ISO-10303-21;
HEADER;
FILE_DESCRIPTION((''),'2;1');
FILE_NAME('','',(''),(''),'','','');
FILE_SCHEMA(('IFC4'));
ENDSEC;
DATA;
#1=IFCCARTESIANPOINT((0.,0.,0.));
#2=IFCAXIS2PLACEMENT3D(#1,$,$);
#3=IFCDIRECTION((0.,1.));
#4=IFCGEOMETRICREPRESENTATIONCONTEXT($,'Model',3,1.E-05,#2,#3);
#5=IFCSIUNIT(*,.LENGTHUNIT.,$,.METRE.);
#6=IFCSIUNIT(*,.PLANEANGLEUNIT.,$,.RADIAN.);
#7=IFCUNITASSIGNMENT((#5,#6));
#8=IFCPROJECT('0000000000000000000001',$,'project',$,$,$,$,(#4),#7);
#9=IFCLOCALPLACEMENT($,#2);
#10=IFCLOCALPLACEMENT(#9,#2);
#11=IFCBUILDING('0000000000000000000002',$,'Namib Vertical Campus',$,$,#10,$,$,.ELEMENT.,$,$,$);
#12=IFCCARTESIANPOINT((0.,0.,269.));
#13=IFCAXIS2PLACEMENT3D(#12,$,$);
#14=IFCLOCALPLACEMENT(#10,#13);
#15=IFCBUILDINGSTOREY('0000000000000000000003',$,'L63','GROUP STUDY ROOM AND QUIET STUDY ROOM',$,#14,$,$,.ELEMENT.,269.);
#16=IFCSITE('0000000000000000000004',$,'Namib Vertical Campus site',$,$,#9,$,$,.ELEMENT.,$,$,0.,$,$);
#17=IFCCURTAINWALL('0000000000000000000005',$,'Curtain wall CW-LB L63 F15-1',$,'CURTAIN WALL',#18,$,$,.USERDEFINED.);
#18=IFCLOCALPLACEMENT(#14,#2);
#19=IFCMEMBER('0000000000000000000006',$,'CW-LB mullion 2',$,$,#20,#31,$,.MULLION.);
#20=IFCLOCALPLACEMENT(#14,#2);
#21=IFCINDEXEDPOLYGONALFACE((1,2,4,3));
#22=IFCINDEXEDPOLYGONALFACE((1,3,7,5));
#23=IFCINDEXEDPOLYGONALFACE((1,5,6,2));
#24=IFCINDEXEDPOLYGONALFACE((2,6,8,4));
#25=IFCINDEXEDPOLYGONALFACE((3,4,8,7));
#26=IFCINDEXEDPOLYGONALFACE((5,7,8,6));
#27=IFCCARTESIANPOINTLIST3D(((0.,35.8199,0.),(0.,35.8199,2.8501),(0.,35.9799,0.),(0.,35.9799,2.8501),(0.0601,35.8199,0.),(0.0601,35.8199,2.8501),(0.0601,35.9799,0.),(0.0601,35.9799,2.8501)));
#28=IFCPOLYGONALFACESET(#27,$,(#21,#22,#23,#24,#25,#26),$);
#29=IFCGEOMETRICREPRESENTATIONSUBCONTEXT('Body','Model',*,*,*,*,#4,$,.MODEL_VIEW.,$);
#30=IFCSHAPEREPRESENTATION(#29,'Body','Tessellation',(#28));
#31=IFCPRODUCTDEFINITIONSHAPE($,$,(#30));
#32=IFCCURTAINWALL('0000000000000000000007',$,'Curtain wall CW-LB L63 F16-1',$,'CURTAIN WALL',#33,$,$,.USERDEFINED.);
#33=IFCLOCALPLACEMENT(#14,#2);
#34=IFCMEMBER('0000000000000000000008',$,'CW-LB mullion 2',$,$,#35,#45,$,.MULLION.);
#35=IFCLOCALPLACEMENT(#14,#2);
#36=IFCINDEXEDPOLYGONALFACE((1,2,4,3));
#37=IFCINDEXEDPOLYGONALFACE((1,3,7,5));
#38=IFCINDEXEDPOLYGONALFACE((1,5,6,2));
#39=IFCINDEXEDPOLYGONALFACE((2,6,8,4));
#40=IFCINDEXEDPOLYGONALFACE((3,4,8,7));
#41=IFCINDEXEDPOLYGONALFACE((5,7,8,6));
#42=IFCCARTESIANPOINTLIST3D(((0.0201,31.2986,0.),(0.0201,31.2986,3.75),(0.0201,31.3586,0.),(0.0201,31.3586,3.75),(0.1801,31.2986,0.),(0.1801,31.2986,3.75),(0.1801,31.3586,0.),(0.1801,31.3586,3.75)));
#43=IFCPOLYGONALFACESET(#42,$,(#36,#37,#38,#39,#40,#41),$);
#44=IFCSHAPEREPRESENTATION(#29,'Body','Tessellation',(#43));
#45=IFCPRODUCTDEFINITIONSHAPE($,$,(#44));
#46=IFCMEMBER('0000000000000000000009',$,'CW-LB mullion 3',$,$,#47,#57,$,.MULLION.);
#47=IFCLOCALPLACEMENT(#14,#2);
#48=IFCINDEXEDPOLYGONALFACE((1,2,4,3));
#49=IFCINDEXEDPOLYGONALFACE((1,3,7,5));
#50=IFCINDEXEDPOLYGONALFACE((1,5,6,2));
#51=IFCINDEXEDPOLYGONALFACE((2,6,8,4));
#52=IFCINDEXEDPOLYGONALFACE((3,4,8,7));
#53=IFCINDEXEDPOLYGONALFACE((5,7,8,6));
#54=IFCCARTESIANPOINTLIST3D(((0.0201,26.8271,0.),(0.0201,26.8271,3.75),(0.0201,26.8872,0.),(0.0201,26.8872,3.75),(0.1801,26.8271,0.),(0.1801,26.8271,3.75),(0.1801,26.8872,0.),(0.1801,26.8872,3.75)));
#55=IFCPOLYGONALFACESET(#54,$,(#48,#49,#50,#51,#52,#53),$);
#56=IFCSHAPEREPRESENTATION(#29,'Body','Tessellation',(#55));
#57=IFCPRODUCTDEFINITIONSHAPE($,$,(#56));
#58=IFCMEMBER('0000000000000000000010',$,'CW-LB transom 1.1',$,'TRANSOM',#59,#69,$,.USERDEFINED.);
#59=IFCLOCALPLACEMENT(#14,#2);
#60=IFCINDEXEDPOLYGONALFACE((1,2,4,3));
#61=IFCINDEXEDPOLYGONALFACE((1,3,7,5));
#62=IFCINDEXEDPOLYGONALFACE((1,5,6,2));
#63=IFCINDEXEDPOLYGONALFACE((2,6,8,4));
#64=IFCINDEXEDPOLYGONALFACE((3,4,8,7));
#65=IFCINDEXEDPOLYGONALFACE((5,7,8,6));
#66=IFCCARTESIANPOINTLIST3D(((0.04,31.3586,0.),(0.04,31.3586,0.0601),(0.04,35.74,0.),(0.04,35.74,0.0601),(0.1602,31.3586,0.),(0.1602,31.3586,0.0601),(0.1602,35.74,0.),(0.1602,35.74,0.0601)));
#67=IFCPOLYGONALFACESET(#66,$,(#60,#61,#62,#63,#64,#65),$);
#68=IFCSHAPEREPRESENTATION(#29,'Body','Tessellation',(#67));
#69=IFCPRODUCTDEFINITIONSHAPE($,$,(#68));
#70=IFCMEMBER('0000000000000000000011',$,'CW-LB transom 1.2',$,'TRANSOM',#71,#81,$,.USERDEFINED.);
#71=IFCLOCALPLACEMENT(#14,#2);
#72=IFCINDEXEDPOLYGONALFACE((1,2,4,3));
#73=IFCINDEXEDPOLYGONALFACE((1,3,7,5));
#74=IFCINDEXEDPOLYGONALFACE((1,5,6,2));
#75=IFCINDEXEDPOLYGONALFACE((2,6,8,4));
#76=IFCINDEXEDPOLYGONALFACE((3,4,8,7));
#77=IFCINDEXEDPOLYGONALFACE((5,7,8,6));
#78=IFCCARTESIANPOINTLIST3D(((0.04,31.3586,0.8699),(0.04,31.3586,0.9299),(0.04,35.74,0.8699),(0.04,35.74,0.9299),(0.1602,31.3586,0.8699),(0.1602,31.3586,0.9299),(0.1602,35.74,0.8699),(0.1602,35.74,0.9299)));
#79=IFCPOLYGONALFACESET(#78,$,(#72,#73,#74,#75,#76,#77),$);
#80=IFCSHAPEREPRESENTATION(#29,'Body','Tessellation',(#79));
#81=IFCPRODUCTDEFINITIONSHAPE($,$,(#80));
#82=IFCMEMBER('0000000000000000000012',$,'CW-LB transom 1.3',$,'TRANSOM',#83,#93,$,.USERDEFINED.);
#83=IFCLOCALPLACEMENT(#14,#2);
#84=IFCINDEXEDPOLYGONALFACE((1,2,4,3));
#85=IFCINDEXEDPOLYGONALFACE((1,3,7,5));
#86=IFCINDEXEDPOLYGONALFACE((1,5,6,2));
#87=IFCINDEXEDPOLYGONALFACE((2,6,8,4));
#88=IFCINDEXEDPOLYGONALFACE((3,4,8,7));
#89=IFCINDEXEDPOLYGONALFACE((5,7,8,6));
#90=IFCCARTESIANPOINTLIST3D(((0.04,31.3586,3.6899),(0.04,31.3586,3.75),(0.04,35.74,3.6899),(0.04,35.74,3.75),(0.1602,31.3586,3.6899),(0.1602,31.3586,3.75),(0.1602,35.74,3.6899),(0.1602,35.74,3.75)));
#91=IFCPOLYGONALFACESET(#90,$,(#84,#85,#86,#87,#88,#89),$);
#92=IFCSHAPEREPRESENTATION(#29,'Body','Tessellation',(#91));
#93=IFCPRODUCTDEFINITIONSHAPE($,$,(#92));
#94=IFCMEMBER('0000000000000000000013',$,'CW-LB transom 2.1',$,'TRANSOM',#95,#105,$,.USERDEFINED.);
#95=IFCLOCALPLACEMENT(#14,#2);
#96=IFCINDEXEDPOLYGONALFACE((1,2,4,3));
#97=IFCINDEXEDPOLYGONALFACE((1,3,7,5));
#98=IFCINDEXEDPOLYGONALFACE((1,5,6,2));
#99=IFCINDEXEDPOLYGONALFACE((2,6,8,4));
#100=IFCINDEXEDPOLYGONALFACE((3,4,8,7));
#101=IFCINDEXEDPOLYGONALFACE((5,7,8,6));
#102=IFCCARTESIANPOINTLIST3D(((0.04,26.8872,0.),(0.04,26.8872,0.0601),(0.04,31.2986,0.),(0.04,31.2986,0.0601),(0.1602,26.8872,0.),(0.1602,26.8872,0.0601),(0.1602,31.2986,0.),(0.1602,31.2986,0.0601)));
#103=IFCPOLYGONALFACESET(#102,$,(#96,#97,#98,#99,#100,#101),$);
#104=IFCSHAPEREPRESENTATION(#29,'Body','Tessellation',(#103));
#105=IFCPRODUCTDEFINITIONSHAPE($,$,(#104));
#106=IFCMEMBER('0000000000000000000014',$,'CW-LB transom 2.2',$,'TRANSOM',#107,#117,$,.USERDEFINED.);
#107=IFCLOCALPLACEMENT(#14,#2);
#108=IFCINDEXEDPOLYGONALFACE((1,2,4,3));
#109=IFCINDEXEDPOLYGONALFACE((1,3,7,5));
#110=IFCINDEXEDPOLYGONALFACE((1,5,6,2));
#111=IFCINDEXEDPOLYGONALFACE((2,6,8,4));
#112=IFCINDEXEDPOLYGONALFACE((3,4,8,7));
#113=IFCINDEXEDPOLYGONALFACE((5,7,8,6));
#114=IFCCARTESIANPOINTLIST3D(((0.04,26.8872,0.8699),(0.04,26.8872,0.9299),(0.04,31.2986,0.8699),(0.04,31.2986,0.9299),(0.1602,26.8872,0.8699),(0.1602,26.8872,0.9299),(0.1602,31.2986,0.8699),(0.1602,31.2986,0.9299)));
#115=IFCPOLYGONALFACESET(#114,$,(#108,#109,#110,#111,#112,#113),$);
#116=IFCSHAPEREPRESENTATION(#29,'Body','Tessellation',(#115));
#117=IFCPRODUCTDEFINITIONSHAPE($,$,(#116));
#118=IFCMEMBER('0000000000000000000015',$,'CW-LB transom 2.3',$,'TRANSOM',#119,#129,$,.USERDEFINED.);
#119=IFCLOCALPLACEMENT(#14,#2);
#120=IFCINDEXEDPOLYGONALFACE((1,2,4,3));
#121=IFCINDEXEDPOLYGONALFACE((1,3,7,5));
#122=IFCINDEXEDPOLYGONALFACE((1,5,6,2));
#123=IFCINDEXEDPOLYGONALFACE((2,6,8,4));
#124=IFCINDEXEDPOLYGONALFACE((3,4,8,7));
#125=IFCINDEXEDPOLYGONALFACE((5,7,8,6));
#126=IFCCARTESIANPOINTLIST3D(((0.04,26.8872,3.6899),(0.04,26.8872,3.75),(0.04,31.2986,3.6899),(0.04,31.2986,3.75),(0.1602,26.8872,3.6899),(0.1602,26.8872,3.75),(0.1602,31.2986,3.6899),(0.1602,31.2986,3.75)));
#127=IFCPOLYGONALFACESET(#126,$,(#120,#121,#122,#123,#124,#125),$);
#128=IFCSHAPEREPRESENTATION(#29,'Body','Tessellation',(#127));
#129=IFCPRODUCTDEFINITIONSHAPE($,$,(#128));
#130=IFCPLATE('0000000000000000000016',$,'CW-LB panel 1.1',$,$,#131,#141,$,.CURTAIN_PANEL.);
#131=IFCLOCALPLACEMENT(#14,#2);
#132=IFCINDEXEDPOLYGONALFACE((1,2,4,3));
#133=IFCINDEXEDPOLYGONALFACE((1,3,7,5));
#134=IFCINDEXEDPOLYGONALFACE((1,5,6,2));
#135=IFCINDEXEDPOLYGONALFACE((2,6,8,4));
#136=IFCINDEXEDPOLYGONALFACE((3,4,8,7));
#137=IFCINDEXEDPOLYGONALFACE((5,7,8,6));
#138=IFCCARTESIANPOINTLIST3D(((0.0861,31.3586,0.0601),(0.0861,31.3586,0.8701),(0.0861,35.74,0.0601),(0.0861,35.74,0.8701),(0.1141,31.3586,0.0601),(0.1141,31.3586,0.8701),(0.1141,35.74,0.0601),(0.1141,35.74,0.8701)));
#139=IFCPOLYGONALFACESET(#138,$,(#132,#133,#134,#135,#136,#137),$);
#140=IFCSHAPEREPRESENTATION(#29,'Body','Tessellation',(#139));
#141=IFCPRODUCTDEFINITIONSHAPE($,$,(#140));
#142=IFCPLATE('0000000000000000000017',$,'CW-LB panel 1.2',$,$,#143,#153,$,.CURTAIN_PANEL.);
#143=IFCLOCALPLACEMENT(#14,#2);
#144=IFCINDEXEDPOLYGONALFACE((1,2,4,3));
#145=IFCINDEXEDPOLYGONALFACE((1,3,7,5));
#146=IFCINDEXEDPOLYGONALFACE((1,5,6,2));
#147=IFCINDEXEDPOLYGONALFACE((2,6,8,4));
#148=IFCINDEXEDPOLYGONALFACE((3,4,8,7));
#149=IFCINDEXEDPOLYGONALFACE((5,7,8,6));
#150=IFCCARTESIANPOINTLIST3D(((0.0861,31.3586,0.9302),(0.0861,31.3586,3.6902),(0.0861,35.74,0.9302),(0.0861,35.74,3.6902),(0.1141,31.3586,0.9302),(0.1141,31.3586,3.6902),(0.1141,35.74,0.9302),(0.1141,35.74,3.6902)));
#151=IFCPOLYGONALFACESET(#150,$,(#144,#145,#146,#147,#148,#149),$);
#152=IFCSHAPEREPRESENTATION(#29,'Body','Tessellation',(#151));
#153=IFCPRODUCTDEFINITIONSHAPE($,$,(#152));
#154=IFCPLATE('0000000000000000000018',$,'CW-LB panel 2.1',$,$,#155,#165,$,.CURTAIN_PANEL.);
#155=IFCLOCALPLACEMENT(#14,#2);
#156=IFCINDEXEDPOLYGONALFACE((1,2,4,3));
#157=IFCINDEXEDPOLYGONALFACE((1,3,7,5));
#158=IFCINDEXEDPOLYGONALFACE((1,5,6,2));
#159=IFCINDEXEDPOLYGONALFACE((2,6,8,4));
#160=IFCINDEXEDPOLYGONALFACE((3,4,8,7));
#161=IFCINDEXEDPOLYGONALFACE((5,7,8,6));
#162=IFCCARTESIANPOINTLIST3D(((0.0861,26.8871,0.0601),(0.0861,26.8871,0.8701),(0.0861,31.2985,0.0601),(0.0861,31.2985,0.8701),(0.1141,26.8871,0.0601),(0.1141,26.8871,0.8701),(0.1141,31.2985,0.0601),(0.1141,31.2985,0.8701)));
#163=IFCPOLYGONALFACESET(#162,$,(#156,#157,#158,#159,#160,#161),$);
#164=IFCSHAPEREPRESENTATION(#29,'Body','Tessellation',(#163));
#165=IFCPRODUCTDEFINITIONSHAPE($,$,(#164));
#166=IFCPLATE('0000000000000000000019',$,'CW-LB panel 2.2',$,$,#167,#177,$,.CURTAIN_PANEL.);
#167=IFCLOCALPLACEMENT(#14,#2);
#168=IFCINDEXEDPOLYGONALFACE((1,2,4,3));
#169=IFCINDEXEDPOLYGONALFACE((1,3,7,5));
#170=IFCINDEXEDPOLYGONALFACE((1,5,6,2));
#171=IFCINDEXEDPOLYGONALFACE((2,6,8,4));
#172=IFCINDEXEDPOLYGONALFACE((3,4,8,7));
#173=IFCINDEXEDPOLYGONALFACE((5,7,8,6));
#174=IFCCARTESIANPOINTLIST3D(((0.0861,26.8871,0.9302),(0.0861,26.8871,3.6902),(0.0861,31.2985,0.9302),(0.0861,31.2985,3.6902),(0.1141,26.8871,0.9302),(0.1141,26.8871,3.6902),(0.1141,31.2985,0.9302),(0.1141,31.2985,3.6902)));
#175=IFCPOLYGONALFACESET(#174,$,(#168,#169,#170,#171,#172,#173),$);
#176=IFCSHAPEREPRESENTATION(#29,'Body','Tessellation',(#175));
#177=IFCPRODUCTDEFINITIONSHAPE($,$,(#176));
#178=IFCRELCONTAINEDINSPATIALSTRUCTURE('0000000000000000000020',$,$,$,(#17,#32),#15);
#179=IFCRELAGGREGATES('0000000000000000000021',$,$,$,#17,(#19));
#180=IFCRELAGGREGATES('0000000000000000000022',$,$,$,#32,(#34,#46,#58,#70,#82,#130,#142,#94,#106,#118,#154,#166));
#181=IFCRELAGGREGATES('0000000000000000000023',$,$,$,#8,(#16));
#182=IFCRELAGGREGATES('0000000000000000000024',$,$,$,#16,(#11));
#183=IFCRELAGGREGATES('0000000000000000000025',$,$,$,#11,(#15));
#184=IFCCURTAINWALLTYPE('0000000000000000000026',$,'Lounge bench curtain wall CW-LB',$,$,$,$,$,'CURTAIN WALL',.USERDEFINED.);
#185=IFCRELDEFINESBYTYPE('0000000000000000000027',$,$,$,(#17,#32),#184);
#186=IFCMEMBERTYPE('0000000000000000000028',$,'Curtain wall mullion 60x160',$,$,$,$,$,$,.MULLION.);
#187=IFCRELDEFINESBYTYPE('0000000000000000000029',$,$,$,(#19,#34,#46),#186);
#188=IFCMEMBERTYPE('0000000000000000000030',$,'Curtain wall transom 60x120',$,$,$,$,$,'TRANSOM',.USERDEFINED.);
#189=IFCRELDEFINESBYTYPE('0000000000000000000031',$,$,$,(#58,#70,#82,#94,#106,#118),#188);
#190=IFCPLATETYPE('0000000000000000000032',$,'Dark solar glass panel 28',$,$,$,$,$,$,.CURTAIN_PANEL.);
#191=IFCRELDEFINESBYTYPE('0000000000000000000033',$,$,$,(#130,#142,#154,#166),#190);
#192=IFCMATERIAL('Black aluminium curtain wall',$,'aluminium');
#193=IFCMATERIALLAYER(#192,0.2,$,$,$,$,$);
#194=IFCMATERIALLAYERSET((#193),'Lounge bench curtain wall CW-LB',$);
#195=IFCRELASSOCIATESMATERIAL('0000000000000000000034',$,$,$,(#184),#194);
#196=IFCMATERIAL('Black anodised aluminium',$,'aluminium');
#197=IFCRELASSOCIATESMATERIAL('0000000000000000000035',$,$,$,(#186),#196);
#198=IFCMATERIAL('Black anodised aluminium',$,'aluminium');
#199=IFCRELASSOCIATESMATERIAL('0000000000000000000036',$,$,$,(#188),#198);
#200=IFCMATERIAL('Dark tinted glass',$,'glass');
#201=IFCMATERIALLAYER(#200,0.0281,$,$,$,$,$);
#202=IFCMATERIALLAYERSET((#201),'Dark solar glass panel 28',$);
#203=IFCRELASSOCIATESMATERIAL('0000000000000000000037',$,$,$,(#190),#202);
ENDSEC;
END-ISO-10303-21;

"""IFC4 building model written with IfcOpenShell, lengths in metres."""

from ifc_helpers import new_model, si_unit, direction, frame, origin, origin_2d, place, context, subcontext, project, spatial, rectangle, extrude, material, layer, layer_set, material_profile, profile_set, type_object, element, aggregate, save


model = new_model("IFC4")

# Units and contexts
model_context = context("Model", 3, precision=1e-05, world=origin(), true_north=direction((0.0, 1.0)))
body_context = subcontext(model_context, "Body", "Model", "MODEL_VIEW")
ifc_project = project(units=[si_unit("LENGTHUNIT", "METRE"), si_unit("PLANEANGLEUNIT", "RADIAN")], contexts=[model_context])

# Site, building, storey
site_placement = place(None, origin())
site = spatial("IfcSite", under=ifc_project, at=site_placement, Name="Namib Vertical Campus site", CompositionType="ELEMENT", RefElevation=0.0)
building_placement = place(site_placement, origin())
building = spatial("IfcBuilding", under=site, at=building_placement, Name="Namib Vertical Campus", CompositionType="ELEMENT")
storey_placement = place(building_placement, frame((0.0, 0.0, 269.0)))
storey = spatial("IfcBuildingStorey", under=building, at=storey_placement, Name="L63", Description="GROUP STUDY ROOM AND QUIET STUDY ROOM", CompositionType="ELEMENT", Elevation=269.0)

# Curtain wall, member
ifc_material_1 = material(Name="Black aluminium curtain wall", Category="aluminium")
ifc_layer_1 = layer(ifc_material_1, 0.2)
ifc_layer_set_1 = layer_set([ifc_layer_1], Name="Lounge bench curtain wall CW-LB")
curtain_wall_type = type_object("IfcCurtainWallType", Name="Lounge bench curtain wall CW-LB", ElementType="CURTAIN WALL", PredefinedType="USERDEFINED", material=ifc_layer_set_1)
curtain_wall_1_placement = place(storey_placement, origin())
curtain_wall_1 = element("IfcCurtainWall", 1, at=curtain_wall_1_placement, inside=storey, type_object=curtain_wall_type, Name="Curtain wall CW-LB L63 F15-1", ObjectType="CURTAIN WALL", PredefinedType="USERDEFINED")
ifc_material_2 = material(Name="Black anodised aluminium", Category="aluminium")
ifc_material_profile_1 = material_profile(ifc_material_2, rectangle(XDim=0.0601, YDim=0.1599, at=origin_2d()))
ifc_profile_set_1 = profile_set([ifc_material_profile_1], Name="Black anodised aluminium")
member_type_1 = type_object("IfcMemberType", Name="Curtain wall mullion 60x160", PredefinedType="MULLION", material=ifc_profile_set_1)
member_1_placement = place(storey_placement, frame((0.03, 35.8999, 0.0), z_axis=(0.0, 0.0, 1.0), x_axis=(-1.0, 0.0, 0.0)))
member_1 = element("IfcMember", 2, at=member_1_placement, type_object=member_type_1, Name="CW-LB mullion 2", PredefinedType="MULLION", context=body_context, shape_type="SweptSolid", body=[
    extrude(rectangle(XDim=0.0601, YDim=0.1599, at=origin_2d()), origin(), (0.0, 0.0, 1.0), 2.8501),
])
aggregate(curtain_wall_1, [member_1])

# Curtain wall, members, plates
curtain_wall_2_placement = place(storey_placement, origin())
curtain_wall_2 = element("IfcCurtainWall", 3, at=curtain_wall_2_placement, inside=storey, type_object=curtain_wall_type, Name="Curtain wall CW-LB L63 F16-1", ObjectType="CURTAIN WALL", PredefinedType="USERDEFINED")
member_2_placement = place(storey_placement, frame((0.1001, 31.3286, 0.0), z_axis=(0.0, 0.0, 1.0), x_axis=(0.0, -1.0, 0.0)))
member_2 = element("IfcMember", 4, at=member_2_placement, type_object=member_type_1, Name="CW-LB mullion 2", PredefinedType="MULLION", context=body_context, shape_type="SweptSolid", body=[
    extrude(rectangle(XDim=0.0601, YDim=0.1599, at=origin_2d()), origin(), (0.0, 0.0, 1.0), 3.75),
])
member_3_placement = place(storey_placement, frame((0.1001, 26.8572, 0.0), z_axis=(0.0, 0.0, 1.0), x_axis=(0.0, -1.0, 0.0)))
member_3 = element("IfcMember", 5, at=member_3_placement, type_object=member_type_1, Name="CW-LB mullion 3", PredefinedType="MULLION", context=body_context, shape_type="SweptSolid", body=[
    extrude(rectangle(XDim=0.0601, YDim=0.1599, at=origin_2d()), origin(), (0.0, 0.0, 1.0), 3.75),
])
ifc_material_3 = material(Name="Black anodised aluminium", Category="aluminium")
ifc_material_profile_2 = material_profile(ifc_material_3, rectangle(XDim=0.0601, YDim=0.1201, at=origin_2d()))
ifc_profile_set_2 = profile_set([ifc_material_profile_2], Name="Black anodised aluminium")
member_type_2 = type_object("IfcMemberType", Name="Curtain wall transom 60x120", ElementType="TRANSOM", PredefinedType="USERDEFINED", material=ifc_profile_set_2)
member_4_placement = place(storey_placement, frame((0.1001, 35.74, 0.03), z_axis=(0.0, -1.0, 0.0), x_axis=(0.0, 0.0, 1.0)))
member_4 = element("IfcMember", 6, at=member_4_placement, type_object=member_type_2, Name="CW-LB transom 1.1", ObjectType="TRANSOM", PredefinedType="USERDEFINED", context=body_context, shape_type="SweptSolid", body=[
    extrude(rectangle(XDim=0.0601, YDim=0.1201, at=origin_2d()), origin(), (0.0, 0.0, 1.0), 4.3813),
])
member_5_placement = place(storey_placement, frame((0.1001, 35.74, 0.8999), z_axis=(0.0, -1.0, 0.0), x_axis=(0.0, 0.0, 1.0)))
member_5 = element("IfcMember", 7, at=member_5_placement, type_object=member_type_2, Name="CW-LB transom 1.2", ObjectType="TRANSOM", PredefinedType="USERDEFINED", context=body_context, shape_type="SweptSolid", body=[
    extrude(rectangle(XDim=0.0601, YDim=0.1201, at=origin_2d()), origin(), (0.0, 0.0, 1.0), 4.3813),
])
member_6_placement = place(storey_placement, frame((0.1001, 35.74, 3.72), z_axis=(0.0, -1.0, 0.0), x_axis=(0.0, 0.0, 1.0)))
member_6 = element("IfcMember", 8, at=member_6_placement, type_object=member_type_2, Name="CW-LB transom 1.3", ObjectType="TRANSOM", PredefinedType="USERDEFINED", context=body_context, shape_type="SweptSolid", body=[
    extrude(rectangle(XDim=0.0601, YDim=0.1201, at=origin_2d()), origin(), (0.0, 0.0, 1.0), 4.3813),
])
member_7_placement = place(storey_placement, frame((0.1001, 31.2986, 0.03), z_axis=(0.0, -1.0, 0.0), x_axis=(0.0, 0.0, 1.0)))
member_7 = element("IfcMember", 9, at=member_7_placement, type_object=member_type_2, Name="CW-LB transom 2.1", ObjectType="TRANSOM", PredefinedType="USERDEFINED", context=body_context, shape_type="SweptSolid", body=[
    extrude(rectangle(XDim=0.0601, YDim=0.1201, at=origin_2d()), origin(), (0.0, 0.0, 1.0), 4.4114),
])
member_8_placement = place(storey_placement, frame((0.1001, 31.2986, 0.8999), z_axis=(0.0, -1.0, 0.0), x_axis=(0.0, 0.0, 1.0)))
member_8 = element("IfcMember", 10, at=member_8_placement, type_object=member_type_2, Name="CW-LB transom 2.2", ObjectType="TRANSOM", PredefinedType="USERDEFINED", context=body_context, shape_type="SweptSolid", body=[
    extrude(rectangle(XDim=0.0601, YDim=0.1201, at=origin_2d()), origin(), (0.0, 0.0, 1.0), 4.4114),
])
member_9_placement = place(storey_placement, frame((0.1001, 31.2986, 3.72), z_axis=(0.0, -1.0, 0.0), x_axis=(0.0, 0.0, 1.0)))
member_9 = element("IfcMember", 11, at=member_9_placement, type_object=member_type_2, Name="CW-LB transom 2.3", ObjectType="TRANSOM", PredefinedType="USERDEFINED", context=body_context, shape_type="SweptSolid", body=[
    extrude(rectangle(XDim=0.0601, YDim=0.1201, at=origin_2d()), origin(), (0.0, 0.0, 1.0), 4.4114),
])
ifc_material_4 = material(Name="Dark tinted glass", Category="glass")
ifc_layer_2 = layer(ifc_material_4, 0.0281)
ifc_layer_set_2 = layer_set([ifc_layer_2], Name="Dark solar glass panel 28")
plate_type = type_object("IfcPlateType", Name="Dark solar glass panel 28", PredefinedType="CURTAIN_PANEL", material=ifc_layer_set_2)
plate_1_placement = place(storey_placement, frame((0.1001, 33.5493, 0.0601), z_axis=(0.0, 0.0, 1.0), x_axis=(0.0, -1.0, 0.0)))
plate_1 = element("IfcPlate", 12, at=plate_1_placement, type_object=plate_type, Name="CW-LB panel 1.1", PredefinedType="CURTAIN_PANEL", context=body_context, shape_type="SweptSolid", body=[
    extrude(rectangle(XDim=4.3813, YDim=0.0281, at=origin_2d()), origin(), (0.0, 0.0, 1.0), 0.8101),
])
plate_2_placement = place(storey_placement, frame((0.1001, 33.5493, 0.9302), z_axis=(0.0, 0.0, 1.0), x_axis=(0.0, -1.0, 0.0)))
plate_2 = element("IfcPlate", 13, at=plate_2_placement, type_object=plate_type, Name="CW-LB panel 1.2", PredefinedType="CURTAIN_PANEL", context=body_context, shape_type="SweptSolid", body=[
    extrude(rectangle(XDim=4.3813, YDim=0.0281, at=origin_2d()), origin(), (0.0, 0.0, 1.0), 2.76),
])
plate_3_placement = place(storey_placement, frame((0.1001, 29.0928, 0.0601), z_axis=(0.0, 0.0, 1.0), x_axis=(0.0, -1.0, 0.0)))
plate_3 = element("IfcPlate", 14, at=plate_3_placement, type_object=plate_type, Name="CW-LB panel 2.1", PredefinedType="CURTAIN_PANEL", context=body_context, shape_type="SweptSolid", body=[
    extrude(rectangle(XDim=4.4114, YDim=0.0281, at=origin_2d()), origin(), (0.0, 0.0, 1.0), 0.8101),
])
plate_4_placement = place(storey_placement, frame((0.1001, 29.0928, 0.9302), z_axis=(0.0, 0.0, 1.0), x_axis=(0.0, -1.0, 0.0)))
plate_4 = element("IfcPlate", 15, at=plate_4_placement, type_object=plate_type, Name="CW-LB panel 2.2", PredefinedType="CURTAIN_PANEL", context=body_context, shape_type="SweptSolid", body=[
    extrude(rectangle(XDim=4.4114, YDim=0.0281, at=origin_2d()), origin(), (0.0, 0.0, 1.0), 2.76),
])
aggregate(curtain_wall_2, [member_2, member_3, member_4, member_5, member_6, plate_1, plate_2, member_7, member_8, member_9, plate_3, plate_4])

save(model, "model.ifc")
